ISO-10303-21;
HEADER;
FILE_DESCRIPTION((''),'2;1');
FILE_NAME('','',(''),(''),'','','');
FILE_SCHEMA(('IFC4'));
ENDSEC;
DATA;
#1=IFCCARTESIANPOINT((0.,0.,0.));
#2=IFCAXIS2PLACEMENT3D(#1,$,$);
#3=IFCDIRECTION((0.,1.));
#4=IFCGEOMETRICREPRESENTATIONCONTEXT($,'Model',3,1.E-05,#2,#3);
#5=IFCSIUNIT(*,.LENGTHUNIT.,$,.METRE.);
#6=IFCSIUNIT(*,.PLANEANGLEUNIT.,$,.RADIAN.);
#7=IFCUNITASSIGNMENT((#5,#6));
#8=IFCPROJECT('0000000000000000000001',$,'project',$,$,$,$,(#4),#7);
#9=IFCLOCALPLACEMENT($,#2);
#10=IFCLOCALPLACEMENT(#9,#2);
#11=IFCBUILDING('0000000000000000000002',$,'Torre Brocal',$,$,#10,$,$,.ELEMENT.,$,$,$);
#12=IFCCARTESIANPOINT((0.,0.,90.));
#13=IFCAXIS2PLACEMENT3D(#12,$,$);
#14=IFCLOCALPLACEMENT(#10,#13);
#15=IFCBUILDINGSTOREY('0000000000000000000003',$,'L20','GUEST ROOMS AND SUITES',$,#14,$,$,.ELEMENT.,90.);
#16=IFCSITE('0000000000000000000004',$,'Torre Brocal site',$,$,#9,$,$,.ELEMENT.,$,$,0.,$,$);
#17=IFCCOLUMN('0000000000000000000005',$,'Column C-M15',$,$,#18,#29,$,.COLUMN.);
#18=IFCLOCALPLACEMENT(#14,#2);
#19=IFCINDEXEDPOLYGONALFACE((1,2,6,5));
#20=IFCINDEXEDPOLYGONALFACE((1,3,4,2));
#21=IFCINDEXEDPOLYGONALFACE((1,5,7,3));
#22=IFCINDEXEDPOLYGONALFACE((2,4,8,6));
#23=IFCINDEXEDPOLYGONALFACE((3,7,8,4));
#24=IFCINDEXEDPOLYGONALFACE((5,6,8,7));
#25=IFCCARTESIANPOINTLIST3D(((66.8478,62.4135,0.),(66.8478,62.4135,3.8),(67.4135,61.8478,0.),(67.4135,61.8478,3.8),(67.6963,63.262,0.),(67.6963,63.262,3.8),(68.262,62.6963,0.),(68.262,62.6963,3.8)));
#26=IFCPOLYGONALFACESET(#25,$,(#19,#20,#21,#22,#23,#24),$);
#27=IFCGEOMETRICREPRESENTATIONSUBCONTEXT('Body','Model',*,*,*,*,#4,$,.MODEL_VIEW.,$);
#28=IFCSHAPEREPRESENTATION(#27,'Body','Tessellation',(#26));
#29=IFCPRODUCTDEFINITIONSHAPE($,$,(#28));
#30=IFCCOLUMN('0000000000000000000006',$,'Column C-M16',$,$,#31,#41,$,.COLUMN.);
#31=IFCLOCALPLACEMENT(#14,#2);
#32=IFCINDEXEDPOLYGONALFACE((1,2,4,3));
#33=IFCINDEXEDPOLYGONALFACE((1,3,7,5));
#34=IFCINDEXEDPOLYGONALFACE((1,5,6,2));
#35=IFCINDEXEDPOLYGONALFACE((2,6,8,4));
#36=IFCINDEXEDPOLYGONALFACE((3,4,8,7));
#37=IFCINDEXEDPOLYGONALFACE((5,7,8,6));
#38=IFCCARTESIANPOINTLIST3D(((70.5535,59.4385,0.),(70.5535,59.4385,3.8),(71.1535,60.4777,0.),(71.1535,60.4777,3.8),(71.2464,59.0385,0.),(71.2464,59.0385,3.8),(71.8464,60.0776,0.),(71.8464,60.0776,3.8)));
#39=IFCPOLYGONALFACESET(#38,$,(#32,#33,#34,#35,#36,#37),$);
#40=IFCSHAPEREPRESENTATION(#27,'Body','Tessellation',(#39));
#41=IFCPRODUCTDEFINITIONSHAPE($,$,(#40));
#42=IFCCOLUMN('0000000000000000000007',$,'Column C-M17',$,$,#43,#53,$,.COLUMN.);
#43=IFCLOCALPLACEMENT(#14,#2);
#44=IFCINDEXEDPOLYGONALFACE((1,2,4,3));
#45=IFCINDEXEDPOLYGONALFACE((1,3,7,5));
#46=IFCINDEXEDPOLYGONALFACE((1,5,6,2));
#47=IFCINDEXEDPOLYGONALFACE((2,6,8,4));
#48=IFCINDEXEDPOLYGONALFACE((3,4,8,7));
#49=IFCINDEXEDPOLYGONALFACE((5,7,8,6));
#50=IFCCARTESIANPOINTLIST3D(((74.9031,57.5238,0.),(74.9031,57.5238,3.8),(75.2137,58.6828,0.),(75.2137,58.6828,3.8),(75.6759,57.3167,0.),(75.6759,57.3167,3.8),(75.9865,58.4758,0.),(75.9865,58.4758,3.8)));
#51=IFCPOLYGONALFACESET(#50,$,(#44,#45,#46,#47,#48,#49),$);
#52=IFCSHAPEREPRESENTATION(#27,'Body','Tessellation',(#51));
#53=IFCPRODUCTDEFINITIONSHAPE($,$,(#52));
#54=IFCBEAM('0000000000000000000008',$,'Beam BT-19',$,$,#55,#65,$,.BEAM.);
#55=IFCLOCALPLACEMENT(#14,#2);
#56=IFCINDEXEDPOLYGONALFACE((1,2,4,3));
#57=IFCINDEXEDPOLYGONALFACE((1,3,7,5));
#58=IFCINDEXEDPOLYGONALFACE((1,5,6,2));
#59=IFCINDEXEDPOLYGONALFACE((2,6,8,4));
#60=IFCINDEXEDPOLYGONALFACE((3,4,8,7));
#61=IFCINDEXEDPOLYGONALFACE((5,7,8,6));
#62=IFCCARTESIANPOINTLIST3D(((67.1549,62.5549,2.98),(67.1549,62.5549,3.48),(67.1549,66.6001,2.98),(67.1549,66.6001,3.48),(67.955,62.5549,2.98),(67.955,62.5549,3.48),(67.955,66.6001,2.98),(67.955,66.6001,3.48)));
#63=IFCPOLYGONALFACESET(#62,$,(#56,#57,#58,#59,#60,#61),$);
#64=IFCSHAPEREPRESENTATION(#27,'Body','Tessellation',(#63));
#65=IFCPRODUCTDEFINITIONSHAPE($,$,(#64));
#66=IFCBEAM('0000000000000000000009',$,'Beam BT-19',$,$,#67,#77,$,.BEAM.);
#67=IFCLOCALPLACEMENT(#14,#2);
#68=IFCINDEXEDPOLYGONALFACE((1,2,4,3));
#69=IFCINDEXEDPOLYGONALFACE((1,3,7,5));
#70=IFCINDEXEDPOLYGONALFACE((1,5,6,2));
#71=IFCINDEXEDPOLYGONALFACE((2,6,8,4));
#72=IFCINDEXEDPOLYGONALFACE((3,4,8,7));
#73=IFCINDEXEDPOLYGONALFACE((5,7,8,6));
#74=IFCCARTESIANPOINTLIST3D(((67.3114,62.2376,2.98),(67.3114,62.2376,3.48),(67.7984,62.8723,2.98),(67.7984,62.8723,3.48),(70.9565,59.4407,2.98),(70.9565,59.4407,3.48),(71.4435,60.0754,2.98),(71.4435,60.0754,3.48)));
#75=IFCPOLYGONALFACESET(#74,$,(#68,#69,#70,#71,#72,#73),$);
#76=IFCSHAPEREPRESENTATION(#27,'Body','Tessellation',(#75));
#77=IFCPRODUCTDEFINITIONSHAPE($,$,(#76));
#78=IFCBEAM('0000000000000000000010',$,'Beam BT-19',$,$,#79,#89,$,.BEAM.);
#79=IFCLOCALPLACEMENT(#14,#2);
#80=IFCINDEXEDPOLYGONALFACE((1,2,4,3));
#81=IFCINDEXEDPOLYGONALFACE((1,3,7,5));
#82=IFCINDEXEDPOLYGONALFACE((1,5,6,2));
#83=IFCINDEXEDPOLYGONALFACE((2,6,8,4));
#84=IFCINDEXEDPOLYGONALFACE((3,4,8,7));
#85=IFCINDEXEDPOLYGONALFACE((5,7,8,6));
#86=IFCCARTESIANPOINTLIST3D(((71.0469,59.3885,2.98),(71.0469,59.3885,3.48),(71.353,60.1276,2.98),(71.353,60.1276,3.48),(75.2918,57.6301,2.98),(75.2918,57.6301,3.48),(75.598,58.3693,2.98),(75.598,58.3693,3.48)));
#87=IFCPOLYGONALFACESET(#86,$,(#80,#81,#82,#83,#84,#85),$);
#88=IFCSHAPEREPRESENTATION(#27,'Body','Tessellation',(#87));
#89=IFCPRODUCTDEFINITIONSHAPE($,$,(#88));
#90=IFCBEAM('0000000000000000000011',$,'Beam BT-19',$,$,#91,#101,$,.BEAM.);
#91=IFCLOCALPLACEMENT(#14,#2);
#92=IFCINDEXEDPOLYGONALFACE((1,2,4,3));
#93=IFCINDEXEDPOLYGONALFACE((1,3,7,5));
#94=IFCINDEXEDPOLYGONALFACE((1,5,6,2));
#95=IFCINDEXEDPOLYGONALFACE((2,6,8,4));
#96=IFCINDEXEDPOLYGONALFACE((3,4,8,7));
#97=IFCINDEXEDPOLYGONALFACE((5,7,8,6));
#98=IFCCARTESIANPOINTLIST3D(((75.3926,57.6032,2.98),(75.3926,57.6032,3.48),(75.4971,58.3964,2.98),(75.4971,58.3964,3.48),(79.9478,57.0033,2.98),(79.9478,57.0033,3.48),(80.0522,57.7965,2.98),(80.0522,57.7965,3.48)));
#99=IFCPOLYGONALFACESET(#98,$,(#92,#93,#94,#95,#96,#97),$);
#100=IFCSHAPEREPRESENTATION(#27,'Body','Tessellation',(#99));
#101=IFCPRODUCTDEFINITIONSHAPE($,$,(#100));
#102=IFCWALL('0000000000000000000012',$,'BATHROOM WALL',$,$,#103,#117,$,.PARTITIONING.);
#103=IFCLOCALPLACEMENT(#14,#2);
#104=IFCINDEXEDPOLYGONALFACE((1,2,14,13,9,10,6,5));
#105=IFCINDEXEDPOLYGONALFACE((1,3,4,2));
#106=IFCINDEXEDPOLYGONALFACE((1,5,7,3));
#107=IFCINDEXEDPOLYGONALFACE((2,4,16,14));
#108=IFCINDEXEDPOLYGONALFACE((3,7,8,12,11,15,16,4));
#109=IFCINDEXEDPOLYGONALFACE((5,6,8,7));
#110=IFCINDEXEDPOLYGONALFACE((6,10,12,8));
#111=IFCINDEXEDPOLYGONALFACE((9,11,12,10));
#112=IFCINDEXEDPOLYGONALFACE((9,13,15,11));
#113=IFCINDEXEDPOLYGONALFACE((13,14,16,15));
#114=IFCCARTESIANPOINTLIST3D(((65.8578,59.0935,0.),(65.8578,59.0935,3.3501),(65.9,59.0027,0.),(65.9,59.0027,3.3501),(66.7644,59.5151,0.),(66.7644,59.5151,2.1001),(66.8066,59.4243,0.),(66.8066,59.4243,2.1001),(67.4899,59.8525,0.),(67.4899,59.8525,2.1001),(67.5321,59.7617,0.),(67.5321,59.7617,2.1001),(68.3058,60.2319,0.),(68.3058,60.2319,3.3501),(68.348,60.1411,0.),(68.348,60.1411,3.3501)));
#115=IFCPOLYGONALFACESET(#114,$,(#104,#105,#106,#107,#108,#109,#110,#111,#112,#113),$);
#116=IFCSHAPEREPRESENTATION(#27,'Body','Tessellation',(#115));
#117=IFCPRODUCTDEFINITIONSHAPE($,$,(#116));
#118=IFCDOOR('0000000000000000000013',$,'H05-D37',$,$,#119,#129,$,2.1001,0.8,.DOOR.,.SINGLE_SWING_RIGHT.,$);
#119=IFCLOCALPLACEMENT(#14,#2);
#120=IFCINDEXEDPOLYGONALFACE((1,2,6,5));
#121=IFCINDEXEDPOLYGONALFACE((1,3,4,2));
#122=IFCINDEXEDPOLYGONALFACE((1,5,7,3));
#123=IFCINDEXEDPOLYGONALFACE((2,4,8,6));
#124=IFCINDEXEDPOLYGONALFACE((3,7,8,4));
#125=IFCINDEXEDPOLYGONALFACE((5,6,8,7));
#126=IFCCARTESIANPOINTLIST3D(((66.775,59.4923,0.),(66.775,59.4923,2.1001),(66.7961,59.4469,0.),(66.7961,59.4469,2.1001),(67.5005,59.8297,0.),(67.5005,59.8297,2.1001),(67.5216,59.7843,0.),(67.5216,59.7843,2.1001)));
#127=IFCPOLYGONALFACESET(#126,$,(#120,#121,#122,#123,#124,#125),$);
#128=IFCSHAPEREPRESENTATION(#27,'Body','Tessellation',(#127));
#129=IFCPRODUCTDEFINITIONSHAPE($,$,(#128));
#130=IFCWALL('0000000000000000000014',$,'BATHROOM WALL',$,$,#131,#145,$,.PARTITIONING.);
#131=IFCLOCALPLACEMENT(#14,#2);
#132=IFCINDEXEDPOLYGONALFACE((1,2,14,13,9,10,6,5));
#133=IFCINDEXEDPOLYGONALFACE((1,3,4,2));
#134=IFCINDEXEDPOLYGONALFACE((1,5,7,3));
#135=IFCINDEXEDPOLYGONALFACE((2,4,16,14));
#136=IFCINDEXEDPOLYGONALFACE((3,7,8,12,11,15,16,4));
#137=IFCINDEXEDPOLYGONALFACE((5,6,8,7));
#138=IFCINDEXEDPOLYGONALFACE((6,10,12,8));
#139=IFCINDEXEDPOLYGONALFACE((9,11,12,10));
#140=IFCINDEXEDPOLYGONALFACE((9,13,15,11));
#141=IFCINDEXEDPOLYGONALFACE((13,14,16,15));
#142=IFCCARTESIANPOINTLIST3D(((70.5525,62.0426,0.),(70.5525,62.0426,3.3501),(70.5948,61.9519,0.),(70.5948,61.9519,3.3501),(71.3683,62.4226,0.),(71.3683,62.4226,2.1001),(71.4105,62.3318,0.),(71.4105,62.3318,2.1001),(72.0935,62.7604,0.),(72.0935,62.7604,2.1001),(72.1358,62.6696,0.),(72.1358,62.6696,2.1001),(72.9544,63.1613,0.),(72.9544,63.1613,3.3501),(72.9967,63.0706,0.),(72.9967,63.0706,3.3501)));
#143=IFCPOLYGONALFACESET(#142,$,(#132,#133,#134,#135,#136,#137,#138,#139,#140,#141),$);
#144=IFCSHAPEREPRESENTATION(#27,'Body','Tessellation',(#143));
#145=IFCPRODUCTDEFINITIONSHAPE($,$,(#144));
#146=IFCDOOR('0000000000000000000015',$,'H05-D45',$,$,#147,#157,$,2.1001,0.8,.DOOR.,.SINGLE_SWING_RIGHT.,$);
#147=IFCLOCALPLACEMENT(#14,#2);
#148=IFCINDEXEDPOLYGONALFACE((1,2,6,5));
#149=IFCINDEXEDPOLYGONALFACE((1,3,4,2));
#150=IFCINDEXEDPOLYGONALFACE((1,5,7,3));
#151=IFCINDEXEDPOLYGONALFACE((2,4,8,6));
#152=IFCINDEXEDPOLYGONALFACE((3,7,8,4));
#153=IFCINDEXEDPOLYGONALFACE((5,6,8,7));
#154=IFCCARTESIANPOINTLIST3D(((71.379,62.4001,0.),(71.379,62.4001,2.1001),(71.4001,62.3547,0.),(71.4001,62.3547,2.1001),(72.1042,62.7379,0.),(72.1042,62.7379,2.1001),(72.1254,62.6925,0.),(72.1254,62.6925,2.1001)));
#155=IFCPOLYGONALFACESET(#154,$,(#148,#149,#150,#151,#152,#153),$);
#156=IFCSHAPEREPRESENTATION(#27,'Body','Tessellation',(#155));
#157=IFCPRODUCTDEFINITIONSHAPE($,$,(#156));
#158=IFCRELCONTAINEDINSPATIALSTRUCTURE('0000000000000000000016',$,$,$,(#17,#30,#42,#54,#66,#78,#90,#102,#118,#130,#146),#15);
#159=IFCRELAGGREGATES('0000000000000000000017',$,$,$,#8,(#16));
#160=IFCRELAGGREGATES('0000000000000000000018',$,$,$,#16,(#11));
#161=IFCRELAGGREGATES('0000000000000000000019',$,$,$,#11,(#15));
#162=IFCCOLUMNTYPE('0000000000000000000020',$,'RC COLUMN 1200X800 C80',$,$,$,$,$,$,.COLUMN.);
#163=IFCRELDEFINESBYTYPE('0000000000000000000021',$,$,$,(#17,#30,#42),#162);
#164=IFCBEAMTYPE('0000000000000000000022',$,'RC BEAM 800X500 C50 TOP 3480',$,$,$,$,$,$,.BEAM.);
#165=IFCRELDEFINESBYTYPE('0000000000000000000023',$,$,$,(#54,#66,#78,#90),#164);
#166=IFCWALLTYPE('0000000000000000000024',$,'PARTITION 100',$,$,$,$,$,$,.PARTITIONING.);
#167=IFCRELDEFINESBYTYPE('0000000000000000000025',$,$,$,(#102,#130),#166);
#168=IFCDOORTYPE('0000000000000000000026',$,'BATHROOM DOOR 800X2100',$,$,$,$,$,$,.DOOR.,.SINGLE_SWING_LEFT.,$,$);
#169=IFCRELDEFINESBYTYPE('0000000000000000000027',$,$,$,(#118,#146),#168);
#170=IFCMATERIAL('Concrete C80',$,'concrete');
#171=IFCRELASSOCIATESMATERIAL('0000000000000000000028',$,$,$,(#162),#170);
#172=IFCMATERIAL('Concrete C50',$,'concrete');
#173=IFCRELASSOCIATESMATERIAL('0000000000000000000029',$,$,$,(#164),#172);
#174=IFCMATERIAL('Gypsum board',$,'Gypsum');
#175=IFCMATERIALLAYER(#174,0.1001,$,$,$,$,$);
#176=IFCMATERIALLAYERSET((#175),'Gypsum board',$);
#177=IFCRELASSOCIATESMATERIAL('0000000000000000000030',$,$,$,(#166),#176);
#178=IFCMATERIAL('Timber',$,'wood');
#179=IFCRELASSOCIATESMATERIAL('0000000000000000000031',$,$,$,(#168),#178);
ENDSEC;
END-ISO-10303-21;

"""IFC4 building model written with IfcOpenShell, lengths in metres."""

from ifc_helpers import new_model, si_unit, direction, frame, frame_2d, origin, origin_2d, place, context, subcontext, project, spatial, rectangle, extrude, material, layer, layer_set, material_profile, profile_set, type_object, element, fill, save


model = new_model("IFC4")

# Units and contexts
model_context = context("Model", 3, precision=1e-05, world=origin(), true_north=direction((0.0, 1.0)))
body_context = subcontext(model_context, "Body", "Model", "MODEL_VIEW")
ifc_project = project(units=[si_unit("LENGTHUNIT", "METRE"), si_unit("PLANEANGLEUNIT", "RADIAN")], contexts=[model_context])

# Site, building, storey
site_placement = place(None, origin())
site = spatial("IfcSite", under=ifc_project, at=site_placement, Name="Torre Brocal site", CompositionType="ELEMENT", RefElevation=0.0)
building_placement = place(site_placement, origin())
building = spatial("IfcBuilding", under=site, at=building_placement, Name="Torre Brocal", CompositionType="ELEMENT")
storey_placement = place(building_placement, frame((0.0, 0.0, 90.0)))
storey = spatial("IfcBuildingStorey", under=building, at=storey_placement, Name="L20", Description="GUEST ROOMS AND SUITES", CompositionType="ELEMENT", Elevation=90.0)

# Columns
ifc_material_1 = material(Name="Concrete C80", Category="concrete")
ifc_material_profile_1 = material_profile(ifc_material_1, rectangle(XDim=1.2, YDim=0.8, at=origin_2d()), Name="RC 1200X800")
ifc_profile_set_1 = profile_set([ifc_material_profile_1], Name="Concrete C80")
column_type = type_object("IfcColumnType", Name="RC COLUMN 1200X800 C80", PredefinedType="COLUMN", material=ifc_profile_set_1)
for number, where, z_axis, x_axis, name in (
    (1, (67.5549, 62.5549, 0.0), (0.0, 0.0, 1.0), (-0.707107, -0.707107, 0.0), "Column C-M15"),
    (2, (71.2, 59.7581, 0.0), (0.0, 0.0, 1.0), (-0.5, -0.866025, 0.0), "Column C-M16"),
    (3, (75.4448, 57.9998, 0.0), (0.0, 0.0, 1.0), (-0.258819, -0.965926, 0.0), "Column C-M17"),
):
    element("IfcColumn", number, at=place(storey_placement, frame(where, z_axis=z_axis, x_axis=x_axis)), inside=storey, type_object=column_type, Name=name, PredefinedType="COLUMN", context=body_context, shape_type="SweptSolid", body=[
        extrude(rectangle(XDim=1.2, YDim=0.8, at=origin_2d()), origin(), (0.0, 0.0, 1.0), 3.8),
    ])

# Beams
ifc_material_2 = material(Name="Concrete C50", Category="concrete")
ifc_material_profile_2 = material_profile(ifc_material_2, rectangle(XDim=0.8, YDim=0.5, at=origin_2d()), Name="RC 800X500")
ifc_profile_set_2 = profile_set([ifc_material_profile_2], Name="Concrete C50")
beam_type = type_object("IfcBeamType", Name="RC BEAM 800X500 C50 TOP 3480", PredefinedType="BEAM", material=ifc_profile_set_2)
beam_1_placement = place(storey_placement, frame((67.5549, 62.5549, 3.23), z_axis=(0.0, 1.0, 0.0), x_axis=(-1.0, 0.0, 0.0)))
element("IfcBeam", 4, at=beam_1_placement, inside=storey, type_object=beam_type, Name="Beam BT-19", PredefinedType="BEAM", context=body_context, shape_type="SweptSolid", body=[
    extrude(rectangle(XDim=0.8, YDim=0.5, at=origin_2d()), origin(), (0.0, 0.0, 1.0), 4.0452),
])
beam_2_placement = place(storey_placement, frame((67.5549, 62.5549, 3.23), z_axis=(0.793358, -0.608755, 0.0), x_axis=(0.608755, 0.793358, 0.0)))
element("IfcBeam", 5, at=beam_2_placement, inside=storey, type_object=beam_type, Name="Beam BT-19", PredefinedType="BEAM", context=body_context, shape_type="SweptSolid", body=[
    extrude(rectangle(XDim=0.8, YDim=0.5, at=origin_2d()), origin(), (0.0, 0.0, 1.0), 4.5945),
])
beam_3_placement = place(storey_placement, frame((71.2, 59.7581, 3.23), z_axis=(0.923878, -0.382687, 0.0), x_axis=(0.382687, 0.923878, 0.0)))
element("IfcBeam", 6, at=beam_3_placement, inside=storey, type_object=beam_type, Name="Beam BT-19", PredefinedType="BEAM", context=body_context, shape_type="SweptSolid", body=[
    extrude(rectangle(XDim=0.8, YDim=0.5, at=origin_2d()), origin(), (0.0, 0.0, 1.0), 4.5947),
])
beam_4_placement = place(storey_placement, frame((75.4448, 57.9998, 3.23), z_axis=(0.991441, -0.130559, 0.0), x_axis=(0.130559, 0.991441, 0.0)))
element("IfcBeam", 7, at=beam_4_placement, inside=storey, type_object=beam_type, Name="Beam BT-19", PredefinedType="BEAM", context=body_context, shape_type="SweptSolid", body=[
    extrude(rectangle(XDim=0.8, YDim=0.5, at=origin_2d()), origin(), (0.0, 0.0, 1.0), 4.5945),
])

# Walls, openings, doors
ifc_material_3 = material(Name="Gypsum board", Category="Gypsum")
ifc_layer_1 = layer(ifc_material_3, 0.1001)
ifc_layer_set_1 = layer_set([ifc_layer_1], Name="Gypsum board")
wall_type_1 = type_object("IfcWallType", Name="PARTITION 100", PredefinedType="PARTITIONING", material=ifc_layer_set_1)
wall_1_placement = place(storey_placement, frame((65.8789, 59.0481, 0.0), z_axis=(0.0, 0.0, 1.0), x_axis=(0.906746, 0.421677, 0.0)))
wall_1 = element("IfcWall", 8, at=wall_1_placement, inside=storey, type_object=wall_type_1, Name="BATHROOM WALL", PredefinedType="PARTITIONING", context=body_context, shape_type="SweptSolid", body=[
    extrude(rectangle(XDim=2.6997, YDim=0.1001, at=frame_2d((1.3499, 0.0))), origin(), (0.0, 0.0, 1.0), 3.3501),
])
opening_1_placement = place(wall_1_placement, frame((1.0, 0.0, 0.0)))
opening_1 = element("IfcOpeningElement", 9, at=opening_1_placement, cuts=wall_1, PredefinedType="OPENING", context=body_context, shape_type="SweptSolid", body=[
    extrude(rectangle(XDim=0.8, YDim=2.1001, at=frame_2d((0.3999, 1.05))), frame((0.0, 0.0601, 0.0), z_axis=(0.0, -1.0, 0.0), x_axis=(1.0, 0.0, 0.0)), (0.0, 0.0, 1.0), 0.1201),
])
ifc_material_4 = material(Name="Timber", Category="wood")
door_type_1 = type_object("IfcDoorType", Name="BATHROOM DOOR 800X2100", OperationType="SINGLE_SWING_LEFT", PredefinedType="DOOR", material=ifc_material_4)
door_1_placement = place(opening_1_placement, origin())
door_1 = element("IfcDoor", 10, at=door_1_placement, inside=storey, type_object=door_type_1, Name="H05-D37", OperationType="SINGLE_SWING_RIGHT", OverallHeight=2.1001, OverallWidth=0.8, PredefinedType="DOOR", context=body_context, shape_type="SweptSolid", body=[
    extrude(rectangle(XDim=0.8, YDim=2.1001, at=frame_2d((0.3999, 1.05))), frame((0.0, 0.0249, 0.0), z_axis=(0.0, -1.0, 0.0), x_axis=(1.0, 0.0, 0.0)), (0.0, 0.0, 1.0), 0.05),
])
fill(opening_1, door_1)
wall_2_placement = place(storey_placement, frame((70.5737, 61.9973, 0.0), z_axis=(0.0, 0.0, 1.0), x_axis=(0.906503, 0.422199, 0.0)))
wall_2 = element("IfcWall", 11, at=wall_2_placement, inside=storey, type_object=wall_type_1, Name="BATHROOM WALL", PredefinedType="PARTITIONING", context=body_context, shape_type="SweptSolid", body=[
    extrude(rectangle(XDim=2.6497, YDim=0.1001, at=frame_2d((1.3247, 0.0))), origin(), (0.0, 0.0, 1.0), 3.3501),
])
opening_2_placement = place(wall_2_placement, frame((0.8999, 0.0, 0.0)))
opening_2 = element("IfcOpeningElement", 12, at=opening_2_placement, cuts=wall_2, PredefinedType="OPENING", context=body_context, shape_type="SweptSolid", body=[
    extrude(rectangle(XDim=0.8, YDim=2.1001, at=frame_2d((0.3999, 1.05))), frame((0.0, 0.0601, 0.0), z_axis=(0.0, -1.0, 0.0), x_axis=(1.0, 0.0, 0.0)), (0.0, 0.0, 1.0), 0.1201),
])
door_2_placement = place(opening_2_placement, frame((0.8, 0.0, 0.0), z_axis=(0.0, 0.0, 1.0), x_axis=(-1.0, 0.0, 0.0)))
door_2 = element("IfcDoor", 13, at=door_2_placement, inside=storey, type_object=door_type_1, Name="H05-D45", OperationType="SINGLE_SWING_RIGHT", OverallHeight=2.1001, OverallWidth=0.8, PredefinedType="DOOR", context=body_context, shape_type="SweptSolid", body=[
    extrude(rectangle(XDim=0.8, YDim=2.1001, at=frame_2d((0.3999, 1.05))), frame((0.0, 0.0249, 0.0), z_axis=(0.0, -1.0, 0.0), x_axis=(1.0, 0.0, 0.0)), (0.0, 0.0, 1.0), 0.05),
])
fill(opening_2, door_2)

save(model, "model.ifc")
